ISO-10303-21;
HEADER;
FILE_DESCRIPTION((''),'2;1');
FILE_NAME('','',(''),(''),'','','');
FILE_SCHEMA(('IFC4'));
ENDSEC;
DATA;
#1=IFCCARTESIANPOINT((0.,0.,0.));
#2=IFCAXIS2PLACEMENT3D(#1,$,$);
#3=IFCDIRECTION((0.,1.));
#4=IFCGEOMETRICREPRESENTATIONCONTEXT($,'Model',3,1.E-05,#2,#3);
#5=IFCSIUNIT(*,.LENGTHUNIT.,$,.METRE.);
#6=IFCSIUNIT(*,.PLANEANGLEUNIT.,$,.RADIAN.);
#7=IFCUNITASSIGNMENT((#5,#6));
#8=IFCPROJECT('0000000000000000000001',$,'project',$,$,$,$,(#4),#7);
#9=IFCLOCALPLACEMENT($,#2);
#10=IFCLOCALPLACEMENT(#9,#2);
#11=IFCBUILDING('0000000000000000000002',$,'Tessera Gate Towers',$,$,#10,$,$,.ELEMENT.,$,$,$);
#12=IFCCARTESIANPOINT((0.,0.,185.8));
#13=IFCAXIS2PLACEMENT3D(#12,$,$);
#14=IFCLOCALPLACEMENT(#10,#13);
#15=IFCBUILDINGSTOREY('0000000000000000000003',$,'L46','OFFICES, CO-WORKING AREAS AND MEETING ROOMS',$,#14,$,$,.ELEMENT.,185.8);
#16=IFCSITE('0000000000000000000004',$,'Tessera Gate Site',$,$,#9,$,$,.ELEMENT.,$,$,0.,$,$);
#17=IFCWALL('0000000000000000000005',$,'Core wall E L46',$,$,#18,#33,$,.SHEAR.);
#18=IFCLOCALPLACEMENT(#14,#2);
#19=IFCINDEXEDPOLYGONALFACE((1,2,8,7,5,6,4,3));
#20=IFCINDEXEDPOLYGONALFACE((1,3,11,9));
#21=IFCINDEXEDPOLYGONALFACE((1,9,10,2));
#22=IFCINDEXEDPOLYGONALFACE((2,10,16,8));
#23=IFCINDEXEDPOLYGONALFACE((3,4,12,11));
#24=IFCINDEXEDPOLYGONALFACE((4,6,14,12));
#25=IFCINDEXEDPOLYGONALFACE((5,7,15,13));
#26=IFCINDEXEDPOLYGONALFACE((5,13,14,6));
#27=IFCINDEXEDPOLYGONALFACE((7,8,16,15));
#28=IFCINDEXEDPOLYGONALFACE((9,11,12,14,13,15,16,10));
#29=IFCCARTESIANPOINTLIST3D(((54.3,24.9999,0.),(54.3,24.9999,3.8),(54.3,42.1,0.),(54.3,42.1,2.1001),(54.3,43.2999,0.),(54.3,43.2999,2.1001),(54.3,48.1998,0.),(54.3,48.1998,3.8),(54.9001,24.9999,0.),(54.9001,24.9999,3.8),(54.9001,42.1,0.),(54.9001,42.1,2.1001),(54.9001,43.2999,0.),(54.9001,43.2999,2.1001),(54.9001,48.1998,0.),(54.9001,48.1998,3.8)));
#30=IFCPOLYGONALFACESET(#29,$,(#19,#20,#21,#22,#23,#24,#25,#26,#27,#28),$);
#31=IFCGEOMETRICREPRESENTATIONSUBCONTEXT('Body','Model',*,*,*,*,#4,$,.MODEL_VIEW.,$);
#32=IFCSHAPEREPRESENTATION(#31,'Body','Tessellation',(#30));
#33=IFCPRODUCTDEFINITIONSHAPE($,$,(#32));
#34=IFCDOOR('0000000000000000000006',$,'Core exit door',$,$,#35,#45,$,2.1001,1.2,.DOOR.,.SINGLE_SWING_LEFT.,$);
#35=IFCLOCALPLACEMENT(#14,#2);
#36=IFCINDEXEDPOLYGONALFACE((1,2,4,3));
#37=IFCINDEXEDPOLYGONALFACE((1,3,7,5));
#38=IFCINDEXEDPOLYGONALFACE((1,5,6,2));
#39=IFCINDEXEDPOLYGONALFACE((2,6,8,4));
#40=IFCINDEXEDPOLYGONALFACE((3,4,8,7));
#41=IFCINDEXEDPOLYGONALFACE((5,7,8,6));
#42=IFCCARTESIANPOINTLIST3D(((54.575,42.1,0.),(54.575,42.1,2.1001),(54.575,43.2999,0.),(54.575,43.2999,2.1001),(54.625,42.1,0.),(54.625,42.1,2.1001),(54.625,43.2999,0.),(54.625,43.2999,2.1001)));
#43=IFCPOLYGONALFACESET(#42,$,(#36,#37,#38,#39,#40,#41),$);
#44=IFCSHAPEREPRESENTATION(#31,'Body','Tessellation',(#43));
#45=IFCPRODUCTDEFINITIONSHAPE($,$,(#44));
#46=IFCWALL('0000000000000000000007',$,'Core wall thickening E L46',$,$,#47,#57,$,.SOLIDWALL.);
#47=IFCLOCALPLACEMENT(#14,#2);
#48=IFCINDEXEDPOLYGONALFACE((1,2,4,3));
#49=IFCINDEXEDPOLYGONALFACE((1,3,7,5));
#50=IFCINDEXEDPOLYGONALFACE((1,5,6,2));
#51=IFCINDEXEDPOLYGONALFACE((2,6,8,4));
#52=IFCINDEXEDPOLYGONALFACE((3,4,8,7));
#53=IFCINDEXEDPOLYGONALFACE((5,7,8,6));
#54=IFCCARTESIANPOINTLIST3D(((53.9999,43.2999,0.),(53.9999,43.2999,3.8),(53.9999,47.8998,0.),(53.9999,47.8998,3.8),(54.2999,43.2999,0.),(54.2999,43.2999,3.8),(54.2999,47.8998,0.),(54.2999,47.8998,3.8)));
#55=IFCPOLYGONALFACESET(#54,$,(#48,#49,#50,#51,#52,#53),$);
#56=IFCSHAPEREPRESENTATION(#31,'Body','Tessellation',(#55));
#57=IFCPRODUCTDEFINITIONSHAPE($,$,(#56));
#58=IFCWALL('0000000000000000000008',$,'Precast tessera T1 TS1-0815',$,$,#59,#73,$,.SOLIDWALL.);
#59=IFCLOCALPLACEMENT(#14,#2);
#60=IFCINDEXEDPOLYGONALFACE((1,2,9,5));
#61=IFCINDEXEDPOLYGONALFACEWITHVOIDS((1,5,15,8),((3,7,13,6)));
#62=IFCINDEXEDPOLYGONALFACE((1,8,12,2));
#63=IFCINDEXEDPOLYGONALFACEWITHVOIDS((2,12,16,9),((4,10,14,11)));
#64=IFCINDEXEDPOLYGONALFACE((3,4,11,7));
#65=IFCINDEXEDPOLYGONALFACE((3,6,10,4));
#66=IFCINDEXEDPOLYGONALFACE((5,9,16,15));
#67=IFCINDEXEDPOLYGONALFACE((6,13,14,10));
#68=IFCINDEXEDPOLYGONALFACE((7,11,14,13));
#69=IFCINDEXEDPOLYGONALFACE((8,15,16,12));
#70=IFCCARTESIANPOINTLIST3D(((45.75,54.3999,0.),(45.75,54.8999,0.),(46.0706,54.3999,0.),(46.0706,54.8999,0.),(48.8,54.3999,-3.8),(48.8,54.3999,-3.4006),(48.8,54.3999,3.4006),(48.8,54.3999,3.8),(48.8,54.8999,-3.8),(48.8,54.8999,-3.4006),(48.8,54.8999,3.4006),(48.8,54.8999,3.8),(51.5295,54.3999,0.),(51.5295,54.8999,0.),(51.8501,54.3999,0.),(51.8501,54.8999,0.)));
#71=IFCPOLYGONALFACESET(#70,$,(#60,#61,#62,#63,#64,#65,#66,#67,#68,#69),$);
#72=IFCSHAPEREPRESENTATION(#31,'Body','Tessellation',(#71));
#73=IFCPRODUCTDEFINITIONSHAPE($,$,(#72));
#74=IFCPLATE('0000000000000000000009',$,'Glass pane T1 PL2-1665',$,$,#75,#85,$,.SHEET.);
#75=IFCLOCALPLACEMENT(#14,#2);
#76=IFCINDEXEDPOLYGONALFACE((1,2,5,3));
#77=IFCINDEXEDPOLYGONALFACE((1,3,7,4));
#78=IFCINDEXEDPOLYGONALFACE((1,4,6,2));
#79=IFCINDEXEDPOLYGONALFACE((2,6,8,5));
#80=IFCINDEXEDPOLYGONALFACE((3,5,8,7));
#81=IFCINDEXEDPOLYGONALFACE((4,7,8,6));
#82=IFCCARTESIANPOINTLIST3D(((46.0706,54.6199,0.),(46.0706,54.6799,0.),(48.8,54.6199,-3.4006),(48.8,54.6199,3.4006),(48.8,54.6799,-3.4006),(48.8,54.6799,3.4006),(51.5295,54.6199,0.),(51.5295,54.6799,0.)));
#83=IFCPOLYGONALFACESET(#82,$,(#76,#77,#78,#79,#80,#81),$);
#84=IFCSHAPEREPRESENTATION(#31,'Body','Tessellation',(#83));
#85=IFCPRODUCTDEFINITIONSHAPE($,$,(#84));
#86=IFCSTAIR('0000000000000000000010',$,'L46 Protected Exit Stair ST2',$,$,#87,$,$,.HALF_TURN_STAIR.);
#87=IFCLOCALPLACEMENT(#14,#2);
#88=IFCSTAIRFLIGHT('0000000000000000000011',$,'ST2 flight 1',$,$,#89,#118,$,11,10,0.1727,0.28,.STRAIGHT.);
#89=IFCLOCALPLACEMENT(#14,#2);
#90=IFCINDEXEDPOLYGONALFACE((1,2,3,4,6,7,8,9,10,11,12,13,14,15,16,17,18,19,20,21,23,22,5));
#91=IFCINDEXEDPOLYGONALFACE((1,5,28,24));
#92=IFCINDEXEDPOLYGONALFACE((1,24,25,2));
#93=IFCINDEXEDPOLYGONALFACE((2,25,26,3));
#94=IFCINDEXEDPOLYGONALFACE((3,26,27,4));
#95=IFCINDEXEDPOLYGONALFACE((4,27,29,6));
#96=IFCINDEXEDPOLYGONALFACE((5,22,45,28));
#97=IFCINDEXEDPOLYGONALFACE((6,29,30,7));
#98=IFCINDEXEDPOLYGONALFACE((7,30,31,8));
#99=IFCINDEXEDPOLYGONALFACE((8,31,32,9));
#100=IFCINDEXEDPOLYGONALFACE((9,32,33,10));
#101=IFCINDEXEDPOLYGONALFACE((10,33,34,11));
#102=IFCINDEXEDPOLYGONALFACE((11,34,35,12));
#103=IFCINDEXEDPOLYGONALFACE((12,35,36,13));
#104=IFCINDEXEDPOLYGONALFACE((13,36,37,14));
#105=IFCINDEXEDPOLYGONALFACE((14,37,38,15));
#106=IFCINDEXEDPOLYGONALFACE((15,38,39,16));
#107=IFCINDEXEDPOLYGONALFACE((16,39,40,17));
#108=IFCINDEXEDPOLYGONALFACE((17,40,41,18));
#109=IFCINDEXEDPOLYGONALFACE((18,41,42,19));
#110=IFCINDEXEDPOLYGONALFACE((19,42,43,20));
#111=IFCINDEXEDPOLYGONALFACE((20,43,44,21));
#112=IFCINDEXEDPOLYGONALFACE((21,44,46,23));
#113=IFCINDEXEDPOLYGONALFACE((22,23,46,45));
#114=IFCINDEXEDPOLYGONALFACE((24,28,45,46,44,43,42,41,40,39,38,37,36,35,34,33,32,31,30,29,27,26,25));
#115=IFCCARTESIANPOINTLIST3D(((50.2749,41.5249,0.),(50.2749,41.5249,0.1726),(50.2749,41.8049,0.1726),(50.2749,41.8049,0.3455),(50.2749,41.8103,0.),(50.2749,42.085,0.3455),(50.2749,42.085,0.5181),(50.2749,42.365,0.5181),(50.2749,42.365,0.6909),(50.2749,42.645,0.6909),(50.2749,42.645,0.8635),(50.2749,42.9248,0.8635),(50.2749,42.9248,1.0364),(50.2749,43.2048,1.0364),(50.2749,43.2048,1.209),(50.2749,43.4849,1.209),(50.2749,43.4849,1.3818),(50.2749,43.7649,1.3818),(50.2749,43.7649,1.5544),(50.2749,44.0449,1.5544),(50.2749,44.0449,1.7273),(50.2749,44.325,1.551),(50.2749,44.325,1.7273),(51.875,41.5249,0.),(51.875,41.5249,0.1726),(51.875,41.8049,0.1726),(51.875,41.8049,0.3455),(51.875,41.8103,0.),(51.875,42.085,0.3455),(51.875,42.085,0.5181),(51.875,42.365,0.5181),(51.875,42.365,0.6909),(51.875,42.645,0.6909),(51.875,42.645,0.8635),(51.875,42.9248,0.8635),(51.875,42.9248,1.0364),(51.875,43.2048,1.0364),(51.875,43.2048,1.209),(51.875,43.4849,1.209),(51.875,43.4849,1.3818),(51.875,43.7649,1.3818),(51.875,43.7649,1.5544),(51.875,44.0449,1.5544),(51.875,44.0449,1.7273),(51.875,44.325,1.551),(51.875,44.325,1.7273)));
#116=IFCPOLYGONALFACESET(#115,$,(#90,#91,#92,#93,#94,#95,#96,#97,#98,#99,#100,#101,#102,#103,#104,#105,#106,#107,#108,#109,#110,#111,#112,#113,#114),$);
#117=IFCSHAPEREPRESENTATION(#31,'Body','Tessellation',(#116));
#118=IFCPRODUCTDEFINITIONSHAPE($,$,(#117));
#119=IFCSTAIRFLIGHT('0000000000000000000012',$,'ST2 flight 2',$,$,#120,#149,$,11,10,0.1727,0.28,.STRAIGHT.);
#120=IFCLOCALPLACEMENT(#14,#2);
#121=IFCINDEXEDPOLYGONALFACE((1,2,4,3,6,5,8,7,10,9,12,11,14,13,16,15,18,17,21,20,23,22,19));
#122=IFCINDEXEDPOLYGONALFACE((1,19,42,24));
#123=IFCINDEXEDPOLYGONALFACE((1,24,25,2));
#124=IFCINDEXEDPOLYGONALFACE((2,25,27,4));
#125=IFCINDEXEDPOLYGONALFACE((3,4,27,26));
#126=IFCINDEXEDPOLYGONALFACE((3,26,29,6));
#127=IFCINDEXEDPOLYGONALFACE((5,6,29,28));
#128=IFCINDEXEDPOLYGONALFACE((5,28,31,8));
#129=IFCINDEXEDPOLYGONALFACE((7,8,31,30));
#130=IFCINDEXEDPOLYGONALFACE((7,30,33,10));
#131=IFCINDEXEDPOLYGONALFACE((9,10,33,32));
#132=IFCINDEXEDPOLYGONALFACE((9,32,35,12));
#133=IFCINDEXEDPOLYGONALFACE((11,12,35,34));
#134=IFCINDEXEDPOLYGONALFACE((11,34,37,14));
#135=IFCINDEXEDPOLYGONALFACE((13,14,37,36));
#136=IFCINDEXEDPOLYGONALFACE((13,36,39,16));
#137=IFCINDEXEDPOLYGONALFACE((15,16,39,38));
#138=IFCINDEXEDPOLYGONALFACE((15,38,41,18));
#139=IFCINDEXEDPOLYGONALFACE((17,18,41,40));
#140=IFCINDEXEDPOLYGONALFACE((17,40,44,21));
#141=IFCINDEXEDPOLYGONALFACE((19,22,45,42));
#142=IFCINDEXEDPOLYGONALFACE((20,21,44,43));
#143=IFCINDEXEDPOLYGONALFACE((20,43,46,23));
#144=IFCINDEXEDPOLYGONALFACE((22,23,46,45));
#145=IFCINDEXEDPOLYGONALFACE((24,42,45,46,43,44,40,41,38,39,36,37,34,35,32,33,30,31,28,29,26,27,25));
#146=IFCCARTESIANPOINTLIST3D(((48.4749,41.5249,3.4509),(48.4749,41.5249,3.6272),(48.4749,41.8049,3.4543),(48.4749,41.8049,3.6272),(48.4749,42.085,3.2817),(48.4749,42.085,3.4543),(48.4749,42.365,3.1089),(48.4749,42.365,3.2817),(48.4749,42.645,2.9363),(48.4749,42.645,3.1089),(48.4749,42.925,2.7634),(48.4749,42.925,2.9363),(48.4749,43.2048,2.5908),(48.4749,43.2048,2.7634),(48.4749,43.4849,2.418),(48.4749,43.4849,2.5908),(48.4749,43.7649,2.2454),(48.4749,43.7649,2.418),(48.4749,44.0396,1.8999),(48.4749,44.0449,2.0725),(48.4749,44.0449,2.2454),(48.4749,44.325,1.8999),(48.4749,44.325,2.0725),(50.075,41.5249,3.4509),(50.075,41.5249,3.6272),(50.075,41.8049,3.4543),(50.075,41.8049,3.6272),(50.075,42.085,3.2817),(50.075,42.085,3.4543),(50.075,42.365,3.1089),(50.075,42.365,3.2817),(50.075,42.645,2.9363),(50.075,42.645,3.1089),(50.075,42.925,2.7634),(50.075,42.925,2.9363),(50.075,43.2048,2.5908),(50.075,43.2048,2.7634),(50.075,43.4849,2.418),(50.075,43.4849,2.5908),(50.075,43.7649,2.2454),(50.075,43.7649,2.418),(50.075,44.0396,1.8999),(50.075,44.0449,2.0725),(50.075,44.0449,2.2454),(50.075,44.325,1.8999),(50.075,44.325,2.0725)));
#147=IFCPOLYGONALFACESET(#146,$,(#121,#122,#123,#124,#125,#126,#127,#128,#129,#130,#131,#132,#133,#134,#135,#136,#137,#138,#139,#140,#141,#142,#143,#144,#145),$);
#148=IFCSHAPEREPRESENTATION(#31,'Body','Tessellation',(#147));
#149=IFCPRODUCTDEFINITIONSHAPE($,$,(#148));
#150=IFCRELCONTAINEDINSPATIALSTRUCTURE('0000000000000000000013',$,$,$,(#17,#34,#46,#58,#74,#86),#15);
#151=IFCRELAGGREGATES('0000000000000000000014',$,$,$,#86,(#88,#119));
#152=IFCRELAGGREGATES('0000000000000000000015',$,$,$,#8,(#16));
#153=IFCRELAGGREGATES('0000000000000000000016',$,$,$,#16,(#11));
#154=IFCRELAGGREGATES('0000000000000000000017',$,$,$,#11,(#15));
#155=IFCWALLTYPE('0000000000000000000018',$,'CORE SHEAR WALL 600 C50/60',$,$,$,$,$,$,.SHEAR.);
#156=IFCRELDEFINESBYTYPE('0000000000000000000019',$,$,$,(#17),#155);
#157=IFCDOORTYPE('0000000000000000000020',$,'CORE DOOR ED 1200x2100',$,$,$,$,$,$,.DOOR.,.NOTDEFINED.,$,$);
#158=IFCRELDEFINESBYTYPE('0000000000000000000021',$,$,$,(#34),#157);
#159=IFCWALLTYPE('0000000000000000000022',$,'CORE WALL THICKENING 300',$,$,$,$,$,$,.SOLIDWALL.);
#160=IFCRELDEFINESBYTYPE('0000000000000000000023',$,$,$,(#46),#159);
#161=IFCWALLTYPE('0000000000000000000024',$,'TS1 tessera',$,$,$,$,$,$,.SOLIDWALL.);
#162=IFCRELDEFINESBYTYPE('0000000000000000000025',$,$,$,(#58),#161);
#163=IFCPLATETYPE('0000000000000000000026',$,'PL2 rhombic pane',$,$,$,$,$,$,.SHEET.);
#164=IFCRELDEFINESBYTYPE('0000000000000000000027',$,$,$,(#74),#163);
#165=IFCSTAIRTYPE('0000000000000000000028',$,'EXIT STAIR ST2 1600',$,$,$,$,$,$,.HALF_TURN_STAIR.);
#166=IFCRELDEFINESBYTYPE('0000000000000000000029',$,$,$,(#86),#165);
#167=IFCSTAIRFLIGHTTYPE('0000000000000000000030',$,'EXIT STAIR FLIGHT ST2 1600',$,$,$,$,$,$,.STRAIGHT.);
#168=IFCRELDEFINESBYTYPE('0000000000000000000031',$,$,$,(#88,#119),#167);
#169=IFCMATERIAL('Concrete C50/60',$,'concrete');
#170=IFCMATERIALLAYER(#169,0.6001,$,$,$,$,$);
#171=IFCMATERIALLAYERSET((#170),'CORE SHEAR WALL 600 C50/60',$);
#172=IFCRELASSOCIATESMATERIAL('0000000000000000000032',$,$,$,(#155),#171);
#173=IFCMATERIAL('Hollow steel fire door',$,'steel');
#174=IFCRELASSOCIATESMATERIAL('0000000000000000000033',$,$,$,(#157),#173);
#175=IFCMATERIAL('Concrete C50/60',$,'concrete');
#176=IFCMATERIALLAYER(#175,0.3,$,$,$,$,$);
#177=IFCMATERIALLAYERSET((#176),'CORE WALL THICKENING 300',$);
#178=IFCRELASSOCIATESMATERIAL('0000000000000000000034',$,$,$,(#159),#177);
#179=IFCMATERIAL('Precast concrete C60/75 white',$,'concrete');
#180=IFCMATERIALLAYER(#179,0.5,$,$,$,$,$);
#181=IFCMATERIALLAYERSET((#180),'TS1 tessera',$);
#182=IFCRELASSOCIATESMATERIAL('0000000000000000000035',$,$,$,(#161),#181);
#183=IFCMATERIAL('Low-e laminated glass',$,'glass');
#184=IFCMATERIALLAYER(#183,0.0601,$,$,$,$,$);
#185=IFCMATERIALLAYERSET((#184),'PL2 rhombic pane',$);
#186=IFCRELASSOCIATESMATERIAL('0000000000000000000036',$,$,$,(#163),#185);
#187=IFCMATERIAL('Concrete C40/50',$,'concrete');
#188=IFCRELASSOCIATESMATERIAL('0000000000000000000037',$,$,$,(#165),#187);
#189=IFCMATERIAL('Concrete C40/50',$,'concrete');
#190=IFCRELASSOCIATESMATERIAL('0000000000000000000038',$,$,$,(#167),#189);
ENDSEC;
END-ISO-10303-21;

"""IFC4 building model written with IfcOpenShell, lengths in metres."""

from ifc_helpers import new_model, si_unit, direction, frame, frame_2d, origin, place, context, subcontext, project, spatial, polyline, rectangle, outline, extrude, source, transform, mapped, material, layer, layer_set, type_object, element, fill, aggregate, save


model = new_model("IFC4")

# Units and contexts
model_context = context("Model", 3, precision=1e-05, world=origin(), true_north=direction((0.0, 1.0)))
body_context = subcontext(model_context, "Body", "Model", "MODEL_VIEW")
ifc_project = project(units=[si_unit("LENGTHUNIT", "METRE"), si_unit("PLANEANGLEUNIT", "RADIAN")], contexts=[model_context])

# Site, building, storey
site_placement = place(None, origin())
site = spatial("IfcSite", under=ifc_project, at=site_placement, Name="Tessera Gate Site", CompositionType="ELEMENT", RefElevation=0.0)
building_placement = place(site_placement, origin())
building = spatial("IfcBuilding", under=site, at=building_placement, Name="Tessera Gate Towers", CompositionType="ELEMENT")
storey_placement = place(building_placement, frame((0.0, 0.0, 185.8)))
storey = spatial("IfcBuildingStorey", under=building, at=storey_placement, Name="L46", Description="OFFICES, CO-WORKING AREAS AND MEETING ROOMS", CompositionType="ELEMENT", Elevation=185.8)

# Shared definitions
shared_shape_1 = source(origin(), body_context, "Body", "SweptSolid", [
    extrude(rectangle(XDim=1.2, YDim=2.1001, at=frame_2d((0.6001, 1.05))), frame((0.0, 0.0249, 0.0), z_axis=(0.0, -1.0, 0.0), x_axis=(1.0, 0.0, 0.0)), (0.0, 0.0, 1.0), 0.05),
])

# Wall, opening, door
ifc_material_1 = material(Name="Concrete C50/60", Category="concrete")
ifc_layer_1 = layer(ifc_material_1, 0.6001)
ifc_layer_set_1 = layer_set([ifc_layer_1], Name="CORE SHEAR WALL 600 C50/60")
wall_type_1 = type_object("IfcWallType", Name="CORE SHEAR WALL 600 C50/60", PredefinedType="SHEAR", material=ifc_layer_set_1)
wall_1_placement = place(storey_placement, frame((54.6001, 48.2, 0.0), z_axis=(0.0, 0.0, 1.0), x_axis=(0.0, -1.0, 0.0)))
wall_1 = element("IfcWall", 1, at=wall_1_placement, inside=storey, type_object=wall_type_1, Name="Core wall E L46", PredefinedType="SHEAR", context=body_context, shape_type="SweptSolid", body=[
    extrude(rectangle(XDim=23.2, YDim=0.6001, at=frame_2d((11.6001, 0.0))), origin(), (0.0, 0.0, 1.0), 3.8),
])
shared_shape_2 = source(origin(), body_context, "Body", "SweptSolid", [
    extrude(rectangle(XDim=1.2, YDim=2.1001, at=frame_2d((0.6001, 1.05))), frame((0.0, 0.3101, 0.0), z_axis=(0.0, -1.0, 0.0), x_axis=(1.0, 0.0, 0.0)), (0.0, 0.0, 1.0), 0.6201),
])
opening_1_placement = place(wall_1_placement, frame((4.8999, 0.0, 0.0)))
opening_1 = element("IfcOpeningElement", 2, at=opening_1_placement, cuts=wall_1, PredefinedType="OPENING", context=body_context, shape_type="MappedRepresentation", body=[
    mapped(shared_shape_2, transform((0.0, 0.0, 0.0), scale=1.0)),
])
ifc_material_2 = material(Name="Hollow steel fire door", Category="steel")
door_type_1 = type_object("IfcDoorType", Name="CORE DOOR ED 1200x2100", OperationType="NOTDEFINED", PredefinedType="DOOR", material=ifc_material_2)
door_1_placement = place(opening_1_placement, origin())
door_1 = element("IfcDoor", 3, at=door_1_placement, inside=storey, type_object=door_type_1, Name="Core exit door", OperationType="SINGLE_SWING_LEFT", OverallHeight=2.1001, OverallWidth=1.2, PredefinedType="DOOR", context=body_context, shape_type="MappedRepresentation", body=[
    mapped(shared_shape_1, transform((0.0, 0.0, 0.0), scale=1.0)),
])
fill(opening_1, door_1)

# Wall
ifc_material_3 = material(Name="Concrete C50/60", Category="concrete")
ifc_layer_2 = layer(ifc_material_3, 0.3)
ifc_layer_set_2 = layer_set([ifc_layer_2], Name="CORE WALL THICKENING 300")
wall_type_2 = type_object("IfcWallType", Name="CORE WALL THICKENING 300", PredefinedType="SOLIDWALL", material=ifc_layer_set_2)
wall_2_placement = place(storey_placement, frame((54.1499, 43.3, 0.0), z_axis=(0.0, 0.0, 1.0), x_axis=(0.0, 1.0, 0.0)))
element("IfcWall", 4, at=wall_2_placement, inside=storey, type_object=wall_type_2, Name="Core wall thickening E L46", PredefinedType="SOLIDWALL", context=body_context, shape_type="SweptSolid", body=[
    extrude(rectangle(XDim=4.5999, YDim=0.3, at=frame_2d((2.2998, 0.0))), origin(), (0.0, 0.0, 1.0), 3.8),
])

# Wall, opening, plate
ifc_material_4 = material(Name="Precast concrete C60/75 white", Category="concrete")
ifc_layer_3 = layer(ifc_material_4, 0.5)
ifc_layer_set_3 = layer_set([ifc_layer_3], Name="TS1 tessera")
wall_type_3 = type_object("IfcWallType", Name="TS1 tessera", PredefinedType="SOLIDWALL", material=ifc_layer_set_3)
shared_shape_3 = source(origin(), body_context, "Body", "SweptSolid", [
    extrude(outline(polyline([(3.05, 0.0), (6.1001, 3.8), (3.05, 7.6001), (0.0, 3.8), (3.05, 0.0)])), frame((0.0, 0.25, 0.0), z_axis=(0.0, -1.0, 0.0), x_axis=(1.0, 0.0, 0.0)), (0.0, 0.0, 1.0), 0.5),
])
wall_3_placement = place(storey_placement, frame((51.8501, 54.6499, -3.8), z_axis=(0.0, 0.0, 1.0), x_axis=(-1.0, 0.0, 0.0)))
wall_3 = element("IfcWall", 5, at=wall_3_placement, inside=storey, type_object=wall_type_3, Name="Precast tessera T1 TS1-0815", PredefinedType="SOLIDWALL", context=body_context, shape_type="MappedRepresentation", body=[
    mapped(shared_shape_3, transform((0.0, 0.0, 0.0), scale=1.0)),
])
shared_shape_4 = source(origin(), body_context, "Body", "SweptSolid", [
    extrude(outline(polyline([(3.05, 0.3994), (5.7795, 3.8), (3.05, 7.2007), (0.3206, 3.8), (3.05, 0.3994)])), frame((0.0, 0.26, 0.0), z_axis=(0.0, -1.0, 0.0), x_axis=(1.0, 0.0, 0.0)), (0.0, 0.0, 1.0), 0.52),
])
opening_2_placement = place(wall_3_placement, origin())
opening_2 = element("IfcOpeningElement", 6, at=opening_2_placement, cuts=wall_3, PredefinedType="OPENING", context=body_context, shape_type="MappedRepresentation", body=[
    mapped(shared_shape_4, transform((0.0, 0.0, 0.0), scale=1.0)),
])
ifc_material_5 = material(Name="Low-e laminated glass", Category="glass")
ifc_layer_4 = layer(ifc_material_5, 0.0601)
ifc_layer_set_4 = layer_set([ifc_layer_4], Name="PL2 rhombic pane")
plate_type = type_object("IfcPlateType", Name="PL2 rhombic pane", PredefinedType="SHEET", material=ifc_layer_set_4)
shared_shape_5 = source(origin(), body_context, "Body", "SweptSolid", [
    extrude(outline(polyline([(3.05, 0.3994), (5.7795, 3.8), (3.05, 7.2007), (0.3206, 3.8), (3.05, 0.3994)])), frame((0.0, 0.03, 0.0), z_axis=(0.0, -1.0, 0.0), x_axis=(1.0, 0.0, 0.0)), (0.0, 0.0, 1.0), 0.0601),
])
plate_placement = place(opening_2_placement, origin())
plate = element("IfcPlate", 7, at=plate_placement, inside=storey, type_object=plate_type, Name="Glass pane T1 PL2-1665", PredefinedType="SHEET", context=body_context, shape_type="MappedRepresentation", body=[
    mapped(shared_shape_5, transform((0.0, 0.0, 0.0), scale=1.0)),
])
fill(opening_2, plate)

# Stair, stair flights
ifc_material_6 = material(Name="Concrete C40/50", Category="concrete")
stair_type = type_object("IfcStairType", Name="EXIT STAIR ST2 1600", PredefinedType="HALF_TURN_STAIR", material=ifc_material_6)
stair_placement = place(storey_placement, origin())
stair = element("IfcStair", 8, at=stair_placement, inside=storey, type_object=stair_type, Name="L46 Protected Exit Stair ST2", PredefinedType="HALF_TURN_STAIR")
ifc_material_7 = material(Name="Concrete C40/50", Category="concrete")
stair_flight_type = type_object("IfcStairFlightType", Name="EXIT STAIR FLIGHT ST2 1600", PredefinedType="STRAIGHT", material=ifc_material_7)
stair_flight_1_placement = place(storey_placement, frame((51.075, 41.5249, 0.0), z_axis=(0.0, 0.0, 1.0), x_axis=(0.0, 1.0, 0.0)))
stair_flight_1 = element("IfcStairFlight", 9, at=stair_flight_1_placement, type_object=stair_flight_type, Name="ST2 flight 1", NumberOfRisers=11, NumberOfTreads=10, PredefinedType="STRAIGHT", RiserHeight=0.1727, TreadLength=0.28, context=body_context, shape_type="SweptSolid", body=[
    extrude(outline(polyline([(0.0, 0.0), (0.0, 0.1726), (0.28, 0.1726), (0.28, 0.3455), (0.5601, 0.3455), (0.5601, 0.5181), (0.8401, 0.5181), (0.8401, 0.6909), (1.1201, 0.6909), (1.1201, 0.8635), (1.3999, 0.8635), (1.3999, 1.0364), (1.6799, 1.0364), (1.6799, 1.209), (1.96, 1.209), (1.96, 1.3818), (2.24, 1.3818), (2.24, 1.5544), (2.52, 1.5544), (2.52, 1.7273), (2.8, 1.7273), (2.8, 1.8999), (2.8, 1.551), (0.2854, 0.0), (0.0, 0.0)])), frame((0.0, 0.8, 0.0), z_axis=(0.0, -1.0, 0.0), x_axis=(1.0, 0.0, 0.0)), (0.0, 0.0, 1.0), 1.6001),
])
stair_flight_2_placement = place(storey_placement, frame((49.2749, 44.325, 1.8999), z_axis=(0.0, 0.0, 1.0), x_axis=(0.0, -1.0, 0.0)))
stair_flight_2 = element("IfcStairFlight", 10, at=stair_flight_2_placement, type_object=stair_flight_type, Name="ST2 flight 2", NumberOfRisers=11, NumberOfTreads=10, PredefinedType="STRAIGHT", RiserHeight=0.1727, TreadLength=0.28, context=body_context, shape_type="SweptSolid", body=[
    extrude(outline(polyline([(0.0, 0.0), (0.0, 0.1726), (0.28, 0.1726), (0.28, 0.3455), (0.5601, 0.3455), (0.5601, 0.5181), (0.8401, 0.5181), (0.8401, 0.6909), (1.1201, 0.6909), (1.1201, 0.8635), (1.3999, 0.8635), (1.3999, 1.0364), (1.6799, 1.0364), (1.6799, 1.209), (1.96, 1.209), (1.96, 1.3818), (2.24, 1.3818), (2.24, 1.5544), (2.52, 1.5544), (2.52, 1.7273), (2.8, 1.7273), (2.8, 1.8999), (2.8, 1.551), (0.2854, 0.0), (0.0, 0.0)])), frame((0.0, 0.8, 0.0), z_axis=(0.0, -1.0, 0.0), x_axis=(1.0, 0.0, 0.0)), (0.0, 0.0, 1.0), 1.6001),
])
aggregate(stair, [stair_flight_1, stair_flight_2])

save(model, "model.ifc")
